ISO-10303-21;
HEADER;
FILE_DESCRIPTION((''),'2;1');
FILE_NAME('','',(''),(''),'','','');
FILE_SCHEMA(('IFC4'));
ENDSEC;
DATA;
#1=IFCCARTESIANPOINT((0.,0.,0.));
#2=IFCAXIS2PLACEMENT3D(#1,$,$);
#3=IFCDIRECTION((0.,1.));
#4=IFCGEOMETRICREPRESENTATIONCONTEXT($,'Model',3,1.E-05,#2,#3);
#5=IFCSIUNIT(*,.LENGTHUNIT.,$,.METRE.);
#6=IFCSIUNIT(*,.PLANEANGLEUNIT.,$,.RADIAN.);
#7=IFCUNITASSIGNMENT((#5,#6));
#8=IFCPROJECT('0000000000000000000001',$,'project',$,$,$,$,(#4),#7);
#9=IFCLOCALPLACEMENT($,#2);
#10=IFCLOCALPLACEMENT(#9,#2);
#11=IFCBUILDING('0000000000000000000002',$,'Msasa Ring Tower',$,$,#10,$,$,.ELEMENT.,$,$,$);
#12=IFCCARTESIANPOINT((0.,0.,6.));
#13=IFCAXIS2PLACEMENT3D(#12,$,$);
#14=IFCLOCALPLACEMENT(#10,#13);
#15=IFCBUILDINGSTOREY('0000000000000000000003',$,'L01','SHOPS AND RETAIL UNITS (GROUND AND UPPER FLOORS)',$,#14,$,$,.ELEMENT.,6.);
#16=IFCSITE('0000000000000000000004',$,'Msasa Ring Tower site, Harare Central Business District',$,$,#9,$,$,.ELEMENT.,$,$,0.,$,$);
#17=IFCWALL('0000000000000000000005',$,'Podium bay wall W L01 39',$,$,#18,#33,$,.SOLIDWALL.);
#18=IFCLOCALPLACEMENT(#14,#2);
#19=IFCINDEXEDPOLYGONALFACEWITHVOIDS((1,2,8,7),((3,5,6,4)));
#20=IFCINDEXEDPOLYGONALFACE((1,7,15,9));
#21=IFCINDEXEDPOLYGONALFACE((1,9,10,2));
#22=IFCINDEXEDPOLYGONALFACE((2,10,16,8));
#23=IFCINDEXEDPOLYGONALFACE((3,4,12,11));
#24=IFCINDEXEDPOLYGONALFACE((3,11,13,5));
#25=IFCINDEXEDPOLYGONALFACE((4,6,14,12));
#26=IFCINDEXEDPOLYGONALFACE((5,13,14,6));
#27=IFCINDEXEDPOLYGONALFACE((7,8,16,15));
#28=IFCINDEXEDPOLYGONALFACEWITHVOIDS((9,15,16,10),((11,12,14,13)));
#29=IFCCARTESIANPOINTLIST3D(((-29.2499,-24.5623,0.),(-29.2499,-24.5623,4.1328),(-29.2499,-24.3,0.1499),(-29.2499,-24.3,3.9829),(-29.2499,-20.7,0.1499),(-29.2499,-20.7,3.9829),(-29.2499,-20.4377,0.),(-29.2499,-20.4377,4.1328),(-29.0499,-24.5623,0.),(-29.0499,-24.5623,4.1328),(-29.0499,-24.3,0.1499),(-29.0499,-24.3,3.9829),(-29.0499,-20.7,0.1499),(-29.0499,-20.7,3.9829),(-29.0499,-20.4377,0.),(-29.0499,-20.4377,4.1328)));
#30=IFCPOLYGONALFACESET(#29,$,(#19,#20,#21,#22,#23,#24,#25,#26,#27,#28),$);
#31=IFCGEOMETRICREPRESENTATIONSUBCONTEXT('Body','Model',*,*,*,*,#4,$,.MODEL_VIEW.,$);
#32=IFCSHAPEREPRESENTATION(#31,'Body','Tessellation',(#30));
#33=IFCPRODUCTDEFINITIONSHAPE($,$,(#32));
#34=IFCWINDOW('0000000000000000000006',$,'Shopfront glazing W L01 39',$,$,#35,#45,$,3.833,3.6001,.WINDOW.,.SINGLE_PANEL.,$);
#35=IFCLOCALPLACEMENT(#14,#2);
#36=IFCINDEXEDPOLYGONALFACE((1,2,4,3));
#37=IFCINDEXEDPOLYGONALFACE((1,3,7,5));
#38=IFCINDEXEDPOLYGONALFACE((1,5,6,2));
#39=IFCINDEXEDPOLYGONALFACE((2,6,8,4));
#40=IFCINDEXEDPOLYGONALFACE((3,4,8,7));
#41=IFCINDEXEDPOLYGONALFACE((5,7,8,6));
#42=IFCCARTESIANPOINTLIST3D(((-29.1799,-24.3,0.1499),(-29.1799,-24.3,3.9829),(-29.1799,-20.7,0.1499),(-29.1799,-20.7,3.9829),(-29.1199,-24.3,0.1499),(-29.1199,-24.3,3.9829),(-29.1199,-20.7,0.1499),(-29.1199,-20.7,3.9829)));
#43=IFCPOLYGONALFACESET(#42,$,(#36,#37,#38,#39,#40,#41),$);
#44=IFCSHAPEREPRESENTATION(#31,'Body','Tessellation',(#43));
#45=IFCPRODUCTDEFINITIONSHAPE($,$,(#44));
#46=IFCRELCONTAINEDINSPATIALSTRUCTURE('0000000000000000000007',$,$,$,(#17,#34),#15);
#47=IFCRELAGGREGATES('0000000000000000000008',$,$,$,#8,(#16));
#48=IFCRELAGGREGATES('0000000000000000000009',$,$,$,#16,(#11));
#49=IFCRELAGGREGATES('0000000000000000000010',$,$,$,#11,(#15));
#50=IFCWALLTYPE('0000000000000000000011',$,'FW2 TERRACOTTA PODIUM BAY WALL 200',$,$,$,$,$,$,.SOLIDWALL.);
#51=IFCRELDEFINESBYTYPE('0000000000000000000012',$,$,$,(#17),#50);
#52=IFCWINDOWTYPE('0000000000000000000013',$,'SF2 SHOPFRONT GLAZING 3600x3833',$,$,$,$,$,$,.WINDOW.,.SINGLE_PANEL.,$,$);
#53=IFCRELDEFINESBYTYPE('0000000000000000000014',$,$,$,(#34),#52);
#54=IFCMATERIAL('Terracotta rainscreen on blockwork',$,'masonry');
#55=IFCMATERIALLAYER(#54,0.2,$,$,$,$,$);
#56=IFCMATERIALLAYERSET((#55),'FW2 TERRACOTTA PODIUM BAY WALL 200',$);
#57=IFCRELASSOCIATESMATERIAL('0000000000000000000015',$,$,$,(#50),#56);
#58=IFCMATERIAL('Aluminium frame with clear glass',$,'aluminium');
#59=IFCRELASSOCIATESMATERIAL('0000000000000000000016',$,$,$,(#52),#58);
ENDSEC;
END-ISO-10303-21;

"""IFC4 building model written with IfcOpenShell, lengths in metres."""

from ifc_helpers import new_model, si_unit, direction, frame, frame_2d, origin, place, context, subcontext, project, spatial, rectangle, extrude, material, layer, layer_set, type_object, element, fill, save


model = new_model("IFC4")

# Units and contexts
model_context = context("Model", 3, precision=1e-05, world=origin(), true_north=direction((0.0, 1.0)))
body_context = subcontext(model_context, "Body", "Model", "MODEL_VIEW")
ifc_project = project(units=[si_unit("LENGTHUNIT", "METRE"), si_unit("PLANEANGLEUNIT", "RADIAN")], contexts=[model_context])

# Site, building, storey
site_placement = place(None, origin())
site = spatial("IfcSite", under=ifc_project, at=site_placement, Name="Msasa Ring Tower site, Harare Central Business District", CompositionType="ELEMENT", RefElevation=0.0)
building_placement = place(site_placement, origin())
building = spatial("IfcBuilding", under=site, at=building_placement, Name="Msasa Ring Tower", CompositionType="ELEMENT")
storey_placement = place(building_placement, frame((0.0, 0.0, 6.0)))
storey = spatial("IfcBuildingStorey", under=building, at=storey_placement, Name="L01", Description="SHOPS AND RETAIL UNITS (GROUND AND UPPER FLOORS)", CompositionType="ELEMENT", Elevation=6.0)

# Wall, opening, window
ifc_material_1 = material(Name="Terracotta rainscreen on blockwork", Category="masonry")
ifc_layer_1 = layer(ifc_material_1, 0.2)
ifc_layer_set_1 = layer_set([ifc_layer_1], Name="FW2 TERRACOTTA PODIUM BAY WALL 200")
wall_type = type_object("IfcWallType", Name="FW2 TERRACOTTA PODIUM BAY WALL 200", PredefinedType="SOLIDWALL", material=ifc_layer_set_1)
wall_placement = place(storey_placement, frame((-29.1499, -24.5623, 0.0), z_axis=(0.0, 0.0, 1.0), x_axis=(0.0, 1.0, 0.0)))
wall = element("IfcWall", 1, at=wall_placement, inside=storey, type_object=wall_type, Name="Podium bay wall W L01 39", PredefinedType="SOLIDWALL", context=body_context, shape_type="SweptSolid", body=[
    extrude(rectangle(XDim=4.1245, YDim=0.2, at=frame_2d((2.0623, 0.0))), origin(), (0.0, 0.0, 1.0), 4.1328),
])
opening_placement = place(wall_placement, frame((0.2622, 0.0, 0.1499)))
opening = element("IfcOpeningElement", 2, at=opening_placement, cuts=wall, PredefinedType="OPENING", context=body_context, shape_type="SweptSolid", body=[
    extrude(rectangle(XDim=3.6001, YDim=3.833, at=frame_2d((1.8, 1.9165))), frame((0.0, 0.1099, 0.0), z_axis=(0.0, -1.0, 0.0), x_axis=(1.0, 0.0, 0.0)), (0.0, 0.0, 1.0), 0.22),
])
ifc_material_2 = material(Name="Aluminium frame with clear glass", Category="aluminium")
window_type = type_object("IfcWindowType", Name="SF2 SHOPFRONT GLAZING 3600x3833", PartitioningType="SINGLE_PANEL", PredefinedType="WINDOW", material=ifc_material_2)
window_placement = place(opening_placement, origin())
window = element("IfcWindow", 3, at=window_placement, inside=storey, type_object=window_type, Name="Shopfront glazing W L01 39", OverallHeight=3.833, OverallWidth=3.6001, PartitioningType="SINGLE_PANEL", PredefinedType="WINDOW", context=body_context, shape_type="SweptSolid", body=[
    extrude(rectangle(XDim=3.6001, YDim=3.833, at=frame_2d((1.8, 1.9165))), frame((0.0, 0.03, 0.0), z_axis=(0.0, -1.0, 0.0), x_axis=(1.0, 0.0, 0.0)), (0.0, 0.0, 1.0), 0.0601),
])
fill(opening, window)

save(model, "model.ifc")
